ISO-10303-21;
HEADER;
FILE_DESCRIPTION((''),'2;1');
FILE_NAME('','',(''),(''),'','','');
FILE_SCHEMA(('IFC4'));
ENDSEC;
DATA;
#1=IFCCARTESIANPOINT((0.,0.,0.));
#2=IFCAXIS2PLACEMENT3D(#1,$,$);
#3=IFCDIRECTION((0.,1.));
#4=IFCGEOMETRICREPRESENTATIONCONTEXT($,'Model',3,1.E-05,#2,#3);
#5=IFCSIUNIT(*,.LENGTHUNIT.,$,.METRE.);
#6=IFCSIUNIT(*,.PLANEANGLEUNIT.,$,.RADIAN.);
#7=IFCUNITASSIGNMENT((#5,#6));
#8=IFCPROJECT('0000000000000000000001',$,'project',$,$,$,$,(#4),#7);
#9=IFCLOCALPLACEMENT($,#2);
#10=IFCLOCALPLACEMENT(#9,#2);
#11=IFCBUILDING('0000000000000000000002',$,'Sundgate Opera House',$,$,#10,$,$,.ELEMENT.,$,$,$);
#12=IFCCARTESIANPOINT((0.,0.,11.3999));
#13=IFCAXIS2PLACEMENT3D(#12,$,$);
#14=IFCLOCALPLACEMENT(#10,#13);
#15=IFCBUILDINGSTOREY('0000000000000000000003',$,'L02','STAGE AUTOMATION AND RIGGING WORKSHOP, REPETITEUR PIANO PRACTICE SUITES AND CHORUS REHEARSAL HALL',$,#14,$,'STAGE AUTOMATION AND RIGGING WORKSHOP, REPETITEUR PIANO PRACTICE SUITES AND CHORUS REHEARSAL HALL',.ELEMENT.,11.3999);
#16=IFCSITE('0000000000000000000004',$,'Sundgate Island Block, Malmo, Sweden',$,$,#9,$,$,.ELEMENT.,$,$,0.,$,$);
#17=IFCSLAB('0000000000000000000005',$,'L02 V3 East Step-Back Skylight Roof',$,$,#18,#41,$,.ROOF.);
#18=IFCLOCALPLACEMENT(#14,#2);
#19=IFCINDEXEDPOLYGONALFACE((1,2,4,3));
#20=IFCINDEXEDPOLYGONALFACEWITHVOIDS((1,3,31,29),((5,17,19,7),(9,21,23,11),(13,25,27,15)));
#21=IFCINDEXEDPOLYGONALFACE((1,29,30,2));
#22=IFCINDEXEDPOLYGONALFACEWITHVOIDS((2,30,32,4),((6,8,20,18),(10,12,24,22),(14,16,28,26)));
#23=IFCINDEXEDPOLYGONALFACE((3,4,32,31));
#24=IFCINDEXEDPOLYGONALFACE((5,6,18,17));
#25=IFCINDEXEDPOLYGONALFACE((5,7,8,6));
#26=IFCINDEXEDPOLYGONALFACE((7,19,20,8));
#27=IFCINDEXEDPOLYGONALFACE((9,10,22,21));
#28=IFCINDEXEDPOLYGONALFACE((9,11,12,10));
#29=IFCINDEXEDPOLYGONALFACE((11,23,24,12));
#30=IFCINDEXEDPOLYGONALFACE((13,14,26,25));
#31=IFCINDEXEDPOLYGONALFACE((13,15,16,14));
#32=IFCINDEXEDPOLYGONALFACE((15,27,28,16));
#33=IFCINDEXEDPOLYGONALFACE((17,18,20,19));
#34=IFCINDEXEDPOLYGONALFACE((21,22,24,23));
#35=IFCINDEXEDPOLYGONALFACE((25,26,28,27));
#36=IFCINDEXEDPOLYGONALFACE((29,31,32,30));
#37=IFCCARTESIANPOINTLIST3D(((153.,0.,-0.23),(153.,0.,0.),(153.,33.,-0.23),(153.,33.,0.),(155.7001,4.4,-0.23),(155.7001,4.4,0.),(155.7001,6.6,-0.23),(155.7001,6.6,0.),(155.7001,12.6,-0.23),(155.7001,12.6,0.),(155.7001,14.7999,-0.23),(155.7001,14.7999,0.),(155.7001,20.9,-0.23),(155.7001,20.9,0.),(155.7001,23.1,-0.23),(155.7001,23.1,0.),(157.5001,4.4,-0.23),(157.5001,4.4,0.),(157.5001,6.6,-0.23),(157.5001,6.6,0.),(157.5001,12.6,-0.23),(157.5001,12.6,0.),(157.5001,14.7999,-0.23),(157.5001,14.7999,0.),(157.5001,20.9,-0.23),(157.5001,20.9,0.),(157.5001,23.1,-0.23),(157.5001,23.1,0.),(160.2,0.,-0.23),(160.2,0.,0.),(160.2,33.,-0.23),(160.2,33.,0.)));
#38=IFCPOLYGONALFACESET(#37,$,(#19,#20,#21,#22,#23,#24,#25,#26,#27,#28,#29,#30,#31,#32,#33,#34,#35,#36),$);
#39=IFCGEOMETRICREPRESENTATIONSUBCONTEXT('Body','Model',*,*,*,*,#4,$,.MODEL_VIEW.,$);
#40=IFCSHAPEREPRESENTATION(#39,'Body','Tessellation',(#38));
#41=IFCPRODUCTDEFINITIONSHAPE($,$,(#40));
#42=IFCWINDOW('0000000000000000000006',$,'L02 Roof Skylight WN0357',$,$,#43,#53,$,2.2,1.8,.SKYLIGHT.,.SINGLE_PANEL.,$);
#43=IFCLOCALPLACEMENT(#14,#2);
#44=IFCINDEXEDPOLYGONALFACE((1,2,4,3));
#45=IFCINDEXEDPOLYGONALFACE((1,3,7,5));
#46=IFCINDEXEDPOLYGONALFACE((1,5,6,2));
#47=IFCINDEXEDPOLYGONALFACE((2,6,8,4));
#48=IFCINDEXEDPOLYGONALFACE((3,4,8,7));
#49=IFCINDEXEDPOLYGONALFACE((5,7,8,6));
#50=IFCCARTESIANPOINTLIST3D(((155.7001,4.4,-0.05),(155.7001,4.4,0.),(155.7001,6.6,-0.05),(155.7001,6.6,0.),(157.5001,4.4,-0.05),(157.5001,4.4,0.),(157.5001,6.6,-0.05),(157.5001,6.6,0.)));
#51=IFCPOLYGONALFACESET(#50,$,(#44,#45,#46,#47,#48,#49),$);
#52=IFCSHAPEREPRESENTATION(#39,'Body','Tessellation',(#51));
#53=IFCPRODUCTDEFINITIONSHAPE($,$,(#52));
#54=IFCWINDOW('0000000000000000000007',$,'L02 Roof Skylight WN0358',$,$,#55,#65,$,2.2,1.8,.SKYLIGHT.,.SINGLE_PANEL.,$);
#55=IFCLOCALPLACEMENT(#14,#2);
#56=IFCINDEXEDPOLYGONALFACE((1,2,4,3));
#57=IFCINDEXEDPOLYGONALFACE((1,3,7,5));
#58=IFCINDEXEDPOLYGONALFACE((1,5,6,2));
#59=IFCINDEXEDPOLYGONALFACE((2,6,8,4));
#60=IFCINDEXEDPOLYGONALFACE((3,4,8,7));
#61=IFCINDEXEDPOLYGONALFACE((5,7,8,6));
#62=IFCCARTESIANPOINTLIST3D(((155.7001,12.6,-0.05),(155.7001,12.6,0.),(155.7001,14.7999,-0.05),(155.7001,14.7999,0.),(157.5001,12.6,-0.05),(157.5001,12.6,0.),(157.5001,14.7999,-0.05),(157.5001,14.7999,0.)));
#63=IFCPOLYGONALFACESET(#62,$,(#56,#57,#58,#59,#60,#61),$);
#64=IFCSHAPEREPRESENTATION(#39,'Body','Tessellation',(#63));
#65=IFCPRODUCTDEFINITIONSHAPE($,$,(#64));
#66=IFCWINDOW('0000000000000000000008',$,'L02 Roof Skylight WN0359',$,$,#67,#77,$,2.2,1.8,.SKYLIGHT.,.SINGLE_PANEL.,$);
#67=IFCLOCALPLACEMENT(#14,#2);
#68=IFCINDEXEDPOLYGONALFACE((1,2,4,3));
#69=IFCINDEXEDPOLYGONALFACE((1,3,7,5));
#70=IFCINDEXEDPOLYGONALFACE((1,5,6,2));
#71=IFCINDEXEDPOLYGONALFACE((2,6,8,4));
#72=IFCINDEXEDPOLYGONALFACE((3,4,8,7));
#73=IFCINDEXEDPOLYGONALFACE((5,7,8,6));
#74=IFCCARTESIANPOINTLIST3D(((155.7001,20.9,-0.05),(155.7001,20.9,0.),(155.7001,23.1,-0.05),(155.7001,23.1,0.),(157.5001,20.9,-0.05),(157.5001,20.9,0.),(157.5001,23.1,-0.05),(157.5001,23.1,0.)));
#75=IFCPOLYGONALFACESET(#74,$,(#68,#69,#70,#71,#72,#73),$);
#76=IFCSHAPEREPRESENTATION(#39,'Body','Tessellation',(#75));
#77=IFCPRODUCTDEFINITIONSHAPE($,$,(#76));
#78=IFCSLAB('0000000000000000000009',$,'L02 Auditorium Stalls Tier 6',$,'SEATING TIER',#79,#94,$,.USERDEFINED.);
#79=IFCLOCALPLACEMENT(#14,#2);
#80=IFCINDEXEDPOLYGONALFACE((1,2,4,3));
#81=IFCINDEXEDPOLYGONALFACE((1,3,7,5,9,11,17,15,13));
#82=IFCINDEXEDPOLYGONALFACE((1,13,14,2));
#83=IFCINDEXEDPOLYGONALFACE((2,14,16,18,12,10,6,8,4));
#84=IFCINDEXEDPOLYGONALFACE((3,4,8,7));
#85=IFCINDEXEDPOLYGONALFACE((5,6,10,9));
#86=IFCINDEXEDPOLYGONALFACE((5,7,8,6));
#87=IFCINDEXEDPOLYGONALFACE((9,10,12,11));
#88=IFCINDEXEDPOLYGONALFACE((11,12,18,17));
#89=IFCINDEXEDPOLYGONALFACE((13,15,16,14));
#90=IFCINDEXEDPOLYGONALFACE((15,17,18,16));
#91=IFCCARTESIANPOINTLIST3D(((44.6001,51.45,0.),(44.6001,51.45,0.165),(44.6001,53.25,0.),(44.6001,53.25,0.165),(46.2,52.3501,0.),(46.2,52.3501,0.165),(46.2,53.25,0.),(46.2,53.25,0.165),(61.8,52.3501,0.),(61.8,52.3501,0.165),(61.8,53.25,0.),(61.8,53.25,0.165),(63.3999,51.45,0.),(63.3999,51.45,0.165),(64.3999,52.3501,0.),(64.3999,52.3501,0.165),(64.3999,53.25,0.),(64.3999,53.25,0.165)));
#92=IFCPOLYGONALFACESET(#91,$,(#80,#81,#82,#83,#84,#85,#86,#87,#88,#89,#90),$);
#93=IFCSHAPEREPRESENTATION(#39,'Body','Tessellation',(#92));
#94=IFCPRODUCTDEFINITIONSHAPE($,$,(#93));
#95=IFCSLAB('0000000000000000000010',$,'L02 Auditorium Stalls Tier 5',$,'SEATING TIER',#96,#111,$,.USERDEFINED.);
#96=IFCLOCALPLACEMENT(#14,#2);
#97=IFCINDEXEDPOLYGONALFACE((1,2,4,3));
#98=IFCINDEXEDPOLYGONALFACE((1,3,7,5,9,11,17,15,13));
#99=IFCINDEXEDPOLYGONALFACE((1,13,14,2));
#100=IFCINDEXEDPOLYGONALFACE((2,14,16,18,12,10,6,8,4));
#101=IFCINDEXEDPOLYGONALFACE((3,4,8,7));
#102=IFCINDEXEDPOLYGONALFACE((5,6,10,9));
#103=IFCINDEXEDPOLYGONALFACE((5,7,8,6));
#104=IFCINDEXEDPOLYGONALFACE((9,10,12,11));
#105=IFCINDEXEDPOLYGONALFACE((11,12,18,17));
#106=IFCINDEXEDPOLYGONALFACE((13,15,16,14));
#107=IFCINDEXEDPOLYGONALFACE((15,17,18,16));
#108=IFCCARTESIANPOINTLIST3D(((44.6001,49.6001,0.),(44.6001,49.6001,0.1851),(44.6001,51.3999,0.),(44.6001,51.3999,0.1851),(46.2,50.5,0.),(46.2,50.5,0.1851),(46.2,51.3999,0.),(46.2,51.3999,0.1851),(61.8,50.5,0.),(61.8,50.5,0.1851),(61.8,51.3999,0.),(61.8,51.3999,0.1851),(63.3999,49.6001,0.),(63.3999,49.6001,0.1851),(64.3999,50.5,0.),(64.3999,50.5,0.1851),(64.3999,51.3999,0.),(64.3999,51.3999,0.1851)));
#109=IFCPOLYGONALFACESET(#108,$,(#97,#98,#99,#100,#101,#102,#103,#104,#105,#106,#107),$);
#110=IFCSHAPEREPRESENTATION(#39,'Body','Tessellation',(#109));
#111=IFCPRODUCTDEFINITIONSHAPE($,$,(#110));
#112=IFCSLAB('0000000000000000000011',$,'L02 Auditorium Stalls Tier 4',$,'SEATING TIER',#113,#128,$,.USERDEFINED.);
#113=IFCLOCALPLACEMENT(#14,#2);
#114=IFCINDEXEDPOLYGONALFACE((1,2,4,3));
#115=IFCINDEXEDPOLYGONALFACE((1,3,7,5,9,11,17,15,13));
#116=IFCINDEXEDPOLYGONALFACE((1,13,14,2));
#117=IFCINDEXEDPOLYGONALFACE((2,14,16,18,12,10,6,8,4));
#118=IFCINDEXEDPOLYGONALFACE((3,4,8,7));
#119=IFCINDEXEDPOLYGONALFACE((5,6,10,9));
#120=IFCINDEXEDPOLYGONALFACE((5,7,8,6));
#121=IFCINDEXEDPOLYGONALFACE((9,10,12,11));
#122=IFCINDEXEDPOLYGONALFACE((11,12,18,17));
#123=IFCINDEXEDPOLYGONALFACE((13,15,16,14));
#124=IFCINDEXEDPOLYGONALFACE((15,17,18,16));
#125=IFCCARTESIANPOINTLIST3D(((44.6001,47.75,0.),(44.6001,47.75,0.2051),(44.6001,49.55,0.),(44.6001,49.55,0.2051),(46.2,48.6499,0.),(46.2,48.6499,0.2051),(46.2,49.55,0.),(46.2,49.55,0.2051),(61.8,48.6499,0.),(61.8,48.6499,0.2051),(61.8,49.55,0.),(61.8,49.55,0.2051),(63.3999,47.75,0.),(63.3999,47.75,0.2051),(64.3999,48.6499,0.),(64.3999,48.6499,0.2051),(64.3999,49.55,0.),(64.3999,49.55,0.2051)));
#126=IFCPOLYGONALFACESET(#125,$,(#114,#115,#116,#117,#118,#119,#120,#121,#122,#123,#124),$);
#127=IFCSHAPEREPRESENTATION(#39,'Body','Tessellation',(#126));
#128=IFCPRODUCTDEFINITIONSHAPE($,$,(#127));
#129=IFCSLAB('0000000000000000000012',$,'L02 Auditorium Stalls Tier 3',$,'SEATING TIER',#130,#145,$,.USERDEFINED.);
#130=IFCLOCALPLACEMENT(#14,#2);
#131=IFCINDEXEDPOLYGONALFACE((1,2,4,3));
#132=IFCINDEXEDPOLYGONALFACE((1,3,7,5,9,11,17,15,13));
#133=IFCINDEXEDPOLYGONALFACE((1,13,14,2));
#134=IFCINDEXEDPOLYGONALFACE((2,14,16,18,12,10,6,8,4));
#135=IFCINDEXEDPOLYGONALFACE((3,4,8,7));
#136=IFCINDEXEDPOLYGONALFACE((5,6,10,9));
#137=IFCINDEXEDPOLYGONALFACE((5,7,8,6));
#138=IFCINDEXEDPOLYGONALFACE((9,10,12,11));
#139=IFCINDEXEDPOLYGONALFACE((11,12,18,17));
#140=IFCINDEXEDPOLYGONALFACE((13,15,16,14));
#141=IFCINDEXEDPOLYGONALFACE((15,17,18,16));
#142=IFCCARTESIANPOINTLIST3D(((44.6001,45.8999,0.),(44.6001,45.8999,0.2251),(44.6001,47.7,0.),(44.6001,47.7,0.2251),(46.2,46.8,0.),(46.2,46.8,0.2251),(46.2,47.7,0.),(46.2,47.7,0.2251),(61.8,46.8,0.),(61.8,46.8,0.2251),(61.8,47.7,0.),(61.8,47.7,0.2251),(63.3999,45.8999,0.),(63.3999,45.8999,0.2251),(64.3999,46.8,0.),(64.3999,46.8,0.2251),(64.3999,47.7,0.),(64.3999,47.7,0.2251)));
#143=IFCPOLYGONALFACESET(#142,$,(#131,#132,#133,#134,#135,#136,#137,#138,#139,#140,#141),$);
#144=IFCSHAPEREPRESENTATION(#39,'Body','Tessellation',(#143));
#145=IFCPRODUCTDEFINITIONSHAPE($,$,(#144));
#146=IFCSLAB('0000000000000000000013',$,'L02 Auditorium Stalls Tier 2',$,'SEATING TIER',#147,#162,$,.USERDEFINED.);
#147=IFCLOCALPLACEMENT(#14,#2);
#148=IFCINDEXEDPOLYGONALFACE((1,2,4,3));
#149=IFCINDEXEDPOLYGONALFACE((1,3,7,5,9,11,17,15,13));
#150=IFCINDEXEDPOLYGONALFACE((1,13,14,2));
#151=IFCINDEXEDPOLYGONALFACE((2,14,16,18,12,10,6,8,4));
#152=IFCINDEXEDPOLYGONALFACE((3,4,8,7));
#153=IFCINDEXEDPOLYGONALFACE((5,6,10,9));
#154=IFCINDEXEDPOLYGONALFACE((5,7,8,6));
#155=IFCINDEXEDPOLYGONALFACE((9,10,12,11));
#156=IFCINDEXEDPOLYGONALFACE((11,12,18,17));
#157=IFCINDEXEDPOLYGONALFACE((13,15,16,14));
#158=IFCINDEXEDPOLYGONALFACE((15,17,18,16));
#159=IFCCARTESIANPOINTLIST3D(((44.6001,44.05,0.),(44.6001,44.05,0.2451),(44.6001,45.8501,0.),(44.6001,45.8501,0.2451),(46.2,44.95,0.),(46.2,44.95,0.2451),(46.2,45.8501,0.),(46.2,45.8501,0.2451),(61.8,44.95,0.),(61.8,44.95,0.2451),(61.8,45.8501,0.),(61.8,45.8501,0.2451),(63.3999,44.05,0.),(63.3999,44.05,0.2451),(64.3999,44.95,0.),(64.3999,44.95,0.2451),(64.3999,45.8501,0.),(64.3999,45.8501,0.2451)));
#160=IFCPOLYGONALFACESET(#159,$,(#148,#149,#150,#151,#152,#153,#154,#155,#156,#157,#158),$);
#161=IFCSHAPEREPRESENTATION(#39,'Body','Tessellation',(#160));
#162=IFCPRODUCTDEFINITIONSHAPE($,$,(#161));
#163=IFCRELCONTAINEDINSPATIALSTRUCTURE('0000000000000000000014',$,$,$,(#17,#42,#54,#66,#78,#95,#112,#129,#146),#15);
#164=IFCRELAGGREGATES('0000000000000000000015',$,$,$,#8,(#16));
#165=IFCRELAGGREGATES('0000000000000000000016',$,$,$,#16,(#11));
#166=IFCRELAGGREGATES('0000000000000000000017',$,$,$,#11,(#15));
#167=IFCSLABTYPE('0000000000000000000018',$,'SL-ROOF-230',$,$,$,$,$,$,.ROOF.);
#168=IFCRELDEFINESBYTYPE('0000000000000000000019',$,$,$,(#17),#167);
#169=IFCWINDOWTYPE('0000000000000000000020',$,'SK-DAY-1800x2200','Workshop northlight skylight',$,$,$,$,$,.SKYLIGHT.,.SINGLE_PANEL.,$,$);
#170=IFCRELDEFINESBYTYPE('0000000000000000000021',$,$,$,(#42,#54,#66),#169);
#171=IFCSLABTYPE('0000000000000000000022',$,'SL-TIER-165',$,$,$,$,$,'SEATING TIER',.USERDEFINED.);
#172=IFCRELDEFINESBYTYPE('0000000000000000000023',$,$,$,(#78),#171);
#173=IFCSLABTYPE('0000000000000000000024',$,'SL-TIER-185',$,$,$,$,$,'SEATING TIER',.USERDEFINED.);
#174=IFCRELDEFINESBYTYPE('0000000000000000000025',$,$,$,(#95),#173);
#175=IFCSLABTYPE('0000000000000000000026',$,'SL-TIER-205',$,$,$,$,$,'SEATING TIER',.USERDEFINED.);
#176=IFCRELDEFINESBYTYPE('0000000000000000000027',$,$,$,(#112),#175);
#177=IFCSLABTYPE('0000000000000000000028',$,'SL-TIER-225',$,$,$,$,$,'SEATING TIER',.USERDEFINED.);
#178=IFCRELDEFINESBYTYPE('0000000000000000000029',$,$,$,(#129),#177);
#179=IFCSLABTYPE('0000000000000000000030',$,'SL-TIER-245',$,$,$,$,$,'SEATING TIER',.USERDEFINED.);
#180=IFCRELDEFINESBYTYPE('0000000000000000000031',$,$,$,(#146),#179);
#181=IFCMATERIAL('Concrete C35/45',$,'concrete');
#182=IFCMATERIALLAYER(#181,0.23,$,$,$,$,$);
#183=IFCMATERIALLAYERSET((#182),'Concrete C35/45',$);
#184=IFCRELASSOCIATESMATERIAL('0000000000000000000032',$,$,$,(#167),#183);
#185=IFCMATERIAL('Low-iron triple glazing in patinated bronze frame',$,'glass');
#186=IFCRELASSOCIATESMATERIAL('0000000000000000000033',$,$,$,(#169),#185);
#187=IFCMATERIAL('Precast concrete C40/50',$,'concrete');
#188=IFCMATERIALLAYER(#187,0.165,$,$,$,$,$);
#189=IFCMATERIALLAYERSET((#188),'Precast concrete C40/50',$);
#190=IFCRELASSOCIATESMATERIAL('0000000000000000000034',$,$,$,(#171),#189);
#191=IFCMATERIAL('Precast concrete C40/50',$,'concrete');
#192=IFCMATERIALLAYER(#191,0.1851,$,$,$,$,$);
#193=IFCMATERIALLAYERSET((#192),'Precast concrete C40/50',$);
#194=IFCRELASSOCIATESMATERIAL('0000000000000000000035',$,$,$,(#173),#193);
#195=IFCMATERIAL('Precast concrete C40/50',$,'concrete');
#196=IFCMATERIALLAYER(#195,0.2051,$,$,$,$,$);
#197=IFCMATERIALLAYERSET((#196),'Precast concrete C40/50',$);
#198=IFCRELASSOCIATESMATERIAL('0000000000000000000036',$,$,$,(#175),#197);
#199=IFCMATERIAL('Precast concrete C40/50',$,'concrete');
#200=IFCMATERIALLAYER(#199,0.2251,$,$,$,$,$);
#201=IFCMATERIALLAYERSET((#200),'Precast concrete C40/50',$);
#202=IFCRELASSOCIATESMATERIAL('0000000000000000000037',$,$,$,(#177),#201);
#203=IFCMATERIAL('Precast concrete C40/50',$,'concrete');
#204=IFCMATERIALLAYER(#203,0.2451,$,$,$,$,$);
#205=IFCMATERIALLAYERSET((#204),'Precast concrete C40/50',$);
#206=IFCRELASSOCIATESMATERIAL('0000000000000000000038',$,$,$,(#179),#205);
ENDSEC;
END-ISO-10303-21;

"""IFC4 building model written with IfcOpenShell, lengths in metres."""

from ifc_helpers import new_model, si_unit, direction, frame, origin, origin_2d, place, context, subcontext, project, spatial, polyline, rectangle, outline, extrude, material, layer, layer_set, type_object, element, fill, save


model = new_model("IFC4")

# Units and contexts
model_context = context("Model", 3, precision=1e-05, world=origin(), true_north=direction((0.0, 1.0)))
body_context = subcontext(model_context, "Body", "Model", "MODEL_VIEW")
ifc_project = project(units=[si_unit("LENGTHUNIT", "METRE"), si_unit("PLANEANGLEUNIT", "RADIAN")], contexts=[model_context])

# Site, building, storey
site_placement = place(None, origin())
site = spatial("IfcSite", under=ifc_project, at=site_placement, Name="Sundgate Island Block, Malmo, Sweden", CompositionType="ELEMENT", RefElevation=0.0)
building_placement = place(site_placement, origin())
building = spatial("IfcBuilding", under=site, at=building_placement, Name="Sundgate Opera House", CompositionType="ELEMENT")
storey_placement = place(building_placement, frame((0.0, 0.0, 11.3999)))
storey = spatial("IfcBuildingStorey", under=building, at=storey_placement, Name="L02", Description="STAGE AUTOMATION AND RIGGING WORKSHOP, REPETITEUR PIANO PRACTICE SUITES AND CHORUS REHEARSAL HALL", LongName="STAGE AUTOMATION AND RIGGING WORKSHOP, REPETITEUR PIANO PRACTICE SUITES AND CHORUS REHEARSAL HALL", CompositionType="ELEMENT", Elevation=11.3999)

# Slab, openings, windows
ifc_material_1 = material(Name="Concrete C35/45", Category="concrete")
ifc_layer_1 = layer(ifc_material_1, 0.23)
ifc_layer_set_1 = layer_set([ifc_layer_1], Name="Concrete C35/45")
slab_type_1 = type_object("IfcSlabType", Name="SL-ROOF-230", PredefinedType="ROOF", material=ifc_layer_set_1)
slab_1_placement = place(storey_placement, frame((0.0, 0.0, -0.23)))
slab_1 = element("IfcSlab", 1, at=slab_1_placement, inside=storey, type_object=slab_type_1, Name="L02 V3 East Step-Back Skylight Roof", PredefinedType="ROOF", context=body_context, shape_type="SweptSolid", body=[
    extrude(outline(polyline([(153.0, 0.0), (160.2, 0.0), (160.2, 33.0), (153.0, 33.0), (153.0, 0.0)])), origin(), (0.0, 0.0, 1.0), 0.23),
])
opening_1_placement = place(slab_1_placement, frame((156.6001, 5.5, 0.0)))
opening_1 = element("IfcOpeningElement", 2, at=opening_1_placement, cuts=slab_1, PredefinedType="OPENING", context=body_context, shape_type="SweptSolid", body=[
    extrude(rectangle(XDim=1.8, YDim=2.2, at=origin_2d()), origin(), (0.0, 0.0, 1.0), 0.23),
])
opening_2_placement = place(slab_1_placement, frame((156.6001, 13.7, 0.0)))
opening_2 = element("IfcOpeningElement", 3, at=opening_2_placement, cuts=slab_1, PredefinedType="OPENING", context=body_context, shape_type="SweptSolid", body=[
    extrude(rectangle(XDim=1.8, YDim=2.2, at=origin_2d()), origin(), (0.0, 0.0, 1.0), 0.23),
])
opening_3_placement = place(slab_1_placement, frame((156.6001, 22.0, 0.0)))
opening_3 = element("IfcOpeningElement", 4, at=opening_3_placement, cuts=slab_1, PredefinedType="OPENING", context=body_context, shape_type="SweptSolid", body=[
    extrude(rectangle(XDim=1.8, YDim=2.2, at=origin_2d()), origin(), (0.0, 0.0, 1.0), 0.23),
])
ifc_material_2 = material(Name="Low-iron triple glazing in patinated bronze frame", Category="glass")
window_type = type_object("IfcWindowType", Name="SK-DAY-1800x2200", Description="Workshop northlight skylight", PartitioningType="SINGLE_PANEL", PredefinedType="SKYLIGHT", material=ifc_material_2)
window_1_placement = place(opening_1_placement, frame((0.0, 0.0, 0.1799)))
window_1 = element("IfcWindow", 5, at=window_1_placement, inside=storey, type_object=window_type, Name="L02 Roof Skylight WN0357", OverallHeight=2.2, OverallWidth=1.8, PartitioningType="SINGLE_PANEL", PredefinedType="SKYLIGHT", context=body_context, shape_type="SweptSolid", body=[
    extrude(rectangle(XDim=1.8, YDim=2.2, at=origin_2d()), origin(), (0.0, 0.0, 1.0), 0.05),
])
fill(opening_1, window_1)
window_2_placement = place(opening_2_placement, frame((0.0, 0.0, 0.1799)))
window_2 = element("IfcWindow", 6, at=window_2_placement, inside=storey, type_object=window_type, Name="L02 Roof Skylight WN0358", OverallHeight=2.2, OverallWidth=1.8, PartitioningType="SINGLE_PANEL", PredefinedType="SKYLIGHT", context=body_context, shape_type="SweptSolid", body=[
    extrude(rectangle(XDim=1.8, YDim=2.2, at=origin_2d()), origin(), (0.0, 0.0, 1.0), 0.05),
])
fill(opening_2, window_2)
window_3_placement = place(opening_3_placement, frame((0.0, 0.0, 0.1799)))
window_3 = element("IfcWindow", 7, at=window_3_placement, inside=storey, type_object=window_type, Name="L02 Roof Skylight WN0359", OverallHeight=2.2, OverallWidth=1.8, PartitioningType="SINGLE_PANEL", PredefinedType="SKYLIGHT", context=body_context, shape_type="SweptSolid", body=[
    extrude(rectangle(XDim=1.8, YDim=2.2, at=origin_2d()), origin(), (0.0, 0.0, 1.0), 0.05),
])
fill(opening_3, window_3)

# Slabs
ifc_material_3 = material(Name="Precast concrete C40/50", Category="concrete")
ifc_layer_2 = layer(ifc_material_3, 0.165)
ifc_layer_set_2 = layer_set([ifc_layer_2], Name="Precast concrete C40/50")
slab_type_2 = type_object("IfcSlabType", Name="SL-TIER-165", ElementType="SEATING TIER", PredefinedType="USERDEFINED", material=ifc_layer_set_2)
slab_2_placement = place(storey_placement, origin())
element("IfcSlab", 8, at=slab_2_placement, inside=storey, type_object=slab_type_2, Name="L02 Auditorium Stalls Tier 6", ObjectType="SEATING TIER", PredefinedType="USERDEFINED", context=body_context, shape_type="SweptSolid", body=[
    extrude(outline(polyline([(44.6001, 51.45), (63.3999, 51.45), (64.3999, 52.3501), (64.3999, 53.25), (61.8, 53.25), (61.8, 52.3501), (46.2, 52.3501), (46.2, 53.25), (44.6001, 53.25), (44.6001, 51.45)])), origin(), (0.0, 0.0, 1.0), 0.165),
])
ifc_material_4 = material(Name="Precast concrete C40/50", Category="concrete")
ifc_layer_3 = layer(ifc_material_4, 0.1851)
ifc_layer_set_3 = layer_set([ifc_layer_3], Name="Precast concrete C40/50")
slab_type_3 = type_object("IfcSlabType", Name="SL-TIER-185", ElementType="SEATING TIER", PredefinedType="USERDEFINED", material=ifc_layer_set_3)
slab_3_placement = place(storey_placement, origin())
element("IfcSlab", 9, at=slab_3_placement, inside=storey, type_object=slab_type_3, Name="L02 Auditorium Stalls Tier 5", ObjectType="SEATING TIER", PredefinedType="USERDEFINED", context=body_context, shape_type="SweptSolid", body=[
    extrude(outline(polyline([(44.6001, 49.6001), (63.3999, 49.6001), (64.3999, 50.5), (64.3999, 51.3999), (61.8, 51.3999), (61.8, 50.5), (46.2, 50.5), (46.2, 51.3999), (44.6001, 51.3999), (44.6001, 49.6001)])), origin(), (0.0, 0.0, 1.0), 0.1851),
])
ifc_material_5 = material(Name="Precast concrete C40/50", Category="concrete")
ifc_layer_4 = layer(ifc_material_5, 0.2051)
ifc_layer_set_4 = layer_set([ifc_layer_4], Name="Precast concrete C40/50")
slab_type_4 = type_object("IfcSlabType", Name="SL-TIER-205", ElementType="SEATING TIER", PredefinedType="USERDEFINED", material=ifc_layer_set_4)
slab_4_placement = place(storey_placement, origin())
element("IfcSlab", 10, at=slab_4_placement, inside=storey, type_object=slab_type_4, Name="L02 Auditorium Stalls Tier 4", ObjectType="SEATING TIER", PredefinedType="USERDEFINED", context=body_context, shape_type="SweptSolid", body=[
    extrude(outline(polyline([(44.6001, 47.75), (63.3999, 47.75), (64.3999, 48.6499), (64.3999, 49.55), (61.8, 49.55), (61.8, 48.6499), (46.2, 48.6499), (46.2, 49.55), (44.6001, 49.55), (44.6001, 47.75)])), origin(), (0.0, 0.0, 1.0), 0.2051),
])
ifc_material_6 = material(Name="Precast concrete C40/50", Category="concrete")
ifc_layer_5 = layer(ifc_material_6, 0.2251)
ifc_layer_set_5 = layer_set([ifc_layer_5], Name="Precast concrete C40/50")
slab_type_5 = type_object("IfcSlabType", Name="SL-TIER-225", ElementType="SEATING TIER", PredefinedType="USERDEFINED", material=ifc_layer_set_5)
slab_5_placement = place(storey_placement, origin())
element("IfcSlab", 11, at=slab_5_placement, inside=storey, type_object=slab_type_5, Name="L02 Auditorium Stalls Tier 3", ObjectType="SEATING TIER", PredefinedType="USERDEFINED", context=body_context, shape_type="SweptSolid", body=[
    extrude(outline(polyline([(44.6001, 45.8999), (63.3999, 45.8999), (64.3999, 46.8), (64.3999, 47.7), (61.8, 47.7), (61.8, 46.8), (46.2, 46.8), (46.2, 47.7), (44.6001, 47.7), (44.6001, 45.8999)])), origin(), (0.0, 0.0, 1.0), 0.2251),
])
ifc_material_7 = material(Name="Precast concrete C40/50", Category="concrete")
ifc_layer_6 = layer(ifc_material_7, 0.2451)
ifc_layer_set_6 = layer_set([ifc_layer_6], Name="Precast concrete C40/50")
slab_type_6 = type_object("IfcSlabType", Name="SL-TIER-245", ElementType="SEATING TIER", PredefinedType="USERDEFINED", material=ifc_layer_set_6)
slab_6_placement = place(storey_placement, origin())
element("IfcSlab", 12, at=slab_6_placement, inside=storey, type_object=slab_type_6, Name="L02 Auditorium Stalls Tier 2", ObjectType="SEATING TIER", PredefinedType="USERDEFINED", context=body_context, shape_type="SweptSolid", body=[
    extrude(outline(polyline([(44.6001, 44.05), (63.3999, 44.05), (64.3999, 44.95), (64.3999, 45.8501), (61.8, 45.8501), (61.8, 44.95), (46.2, 44.95), (46.2, 45.8501), (44.6001, 45.8501), (44.6001, 44.05)])), origin(), (0.0, 0.0, 1.0), 0.2451),
])

save(model, "model.ifc")
